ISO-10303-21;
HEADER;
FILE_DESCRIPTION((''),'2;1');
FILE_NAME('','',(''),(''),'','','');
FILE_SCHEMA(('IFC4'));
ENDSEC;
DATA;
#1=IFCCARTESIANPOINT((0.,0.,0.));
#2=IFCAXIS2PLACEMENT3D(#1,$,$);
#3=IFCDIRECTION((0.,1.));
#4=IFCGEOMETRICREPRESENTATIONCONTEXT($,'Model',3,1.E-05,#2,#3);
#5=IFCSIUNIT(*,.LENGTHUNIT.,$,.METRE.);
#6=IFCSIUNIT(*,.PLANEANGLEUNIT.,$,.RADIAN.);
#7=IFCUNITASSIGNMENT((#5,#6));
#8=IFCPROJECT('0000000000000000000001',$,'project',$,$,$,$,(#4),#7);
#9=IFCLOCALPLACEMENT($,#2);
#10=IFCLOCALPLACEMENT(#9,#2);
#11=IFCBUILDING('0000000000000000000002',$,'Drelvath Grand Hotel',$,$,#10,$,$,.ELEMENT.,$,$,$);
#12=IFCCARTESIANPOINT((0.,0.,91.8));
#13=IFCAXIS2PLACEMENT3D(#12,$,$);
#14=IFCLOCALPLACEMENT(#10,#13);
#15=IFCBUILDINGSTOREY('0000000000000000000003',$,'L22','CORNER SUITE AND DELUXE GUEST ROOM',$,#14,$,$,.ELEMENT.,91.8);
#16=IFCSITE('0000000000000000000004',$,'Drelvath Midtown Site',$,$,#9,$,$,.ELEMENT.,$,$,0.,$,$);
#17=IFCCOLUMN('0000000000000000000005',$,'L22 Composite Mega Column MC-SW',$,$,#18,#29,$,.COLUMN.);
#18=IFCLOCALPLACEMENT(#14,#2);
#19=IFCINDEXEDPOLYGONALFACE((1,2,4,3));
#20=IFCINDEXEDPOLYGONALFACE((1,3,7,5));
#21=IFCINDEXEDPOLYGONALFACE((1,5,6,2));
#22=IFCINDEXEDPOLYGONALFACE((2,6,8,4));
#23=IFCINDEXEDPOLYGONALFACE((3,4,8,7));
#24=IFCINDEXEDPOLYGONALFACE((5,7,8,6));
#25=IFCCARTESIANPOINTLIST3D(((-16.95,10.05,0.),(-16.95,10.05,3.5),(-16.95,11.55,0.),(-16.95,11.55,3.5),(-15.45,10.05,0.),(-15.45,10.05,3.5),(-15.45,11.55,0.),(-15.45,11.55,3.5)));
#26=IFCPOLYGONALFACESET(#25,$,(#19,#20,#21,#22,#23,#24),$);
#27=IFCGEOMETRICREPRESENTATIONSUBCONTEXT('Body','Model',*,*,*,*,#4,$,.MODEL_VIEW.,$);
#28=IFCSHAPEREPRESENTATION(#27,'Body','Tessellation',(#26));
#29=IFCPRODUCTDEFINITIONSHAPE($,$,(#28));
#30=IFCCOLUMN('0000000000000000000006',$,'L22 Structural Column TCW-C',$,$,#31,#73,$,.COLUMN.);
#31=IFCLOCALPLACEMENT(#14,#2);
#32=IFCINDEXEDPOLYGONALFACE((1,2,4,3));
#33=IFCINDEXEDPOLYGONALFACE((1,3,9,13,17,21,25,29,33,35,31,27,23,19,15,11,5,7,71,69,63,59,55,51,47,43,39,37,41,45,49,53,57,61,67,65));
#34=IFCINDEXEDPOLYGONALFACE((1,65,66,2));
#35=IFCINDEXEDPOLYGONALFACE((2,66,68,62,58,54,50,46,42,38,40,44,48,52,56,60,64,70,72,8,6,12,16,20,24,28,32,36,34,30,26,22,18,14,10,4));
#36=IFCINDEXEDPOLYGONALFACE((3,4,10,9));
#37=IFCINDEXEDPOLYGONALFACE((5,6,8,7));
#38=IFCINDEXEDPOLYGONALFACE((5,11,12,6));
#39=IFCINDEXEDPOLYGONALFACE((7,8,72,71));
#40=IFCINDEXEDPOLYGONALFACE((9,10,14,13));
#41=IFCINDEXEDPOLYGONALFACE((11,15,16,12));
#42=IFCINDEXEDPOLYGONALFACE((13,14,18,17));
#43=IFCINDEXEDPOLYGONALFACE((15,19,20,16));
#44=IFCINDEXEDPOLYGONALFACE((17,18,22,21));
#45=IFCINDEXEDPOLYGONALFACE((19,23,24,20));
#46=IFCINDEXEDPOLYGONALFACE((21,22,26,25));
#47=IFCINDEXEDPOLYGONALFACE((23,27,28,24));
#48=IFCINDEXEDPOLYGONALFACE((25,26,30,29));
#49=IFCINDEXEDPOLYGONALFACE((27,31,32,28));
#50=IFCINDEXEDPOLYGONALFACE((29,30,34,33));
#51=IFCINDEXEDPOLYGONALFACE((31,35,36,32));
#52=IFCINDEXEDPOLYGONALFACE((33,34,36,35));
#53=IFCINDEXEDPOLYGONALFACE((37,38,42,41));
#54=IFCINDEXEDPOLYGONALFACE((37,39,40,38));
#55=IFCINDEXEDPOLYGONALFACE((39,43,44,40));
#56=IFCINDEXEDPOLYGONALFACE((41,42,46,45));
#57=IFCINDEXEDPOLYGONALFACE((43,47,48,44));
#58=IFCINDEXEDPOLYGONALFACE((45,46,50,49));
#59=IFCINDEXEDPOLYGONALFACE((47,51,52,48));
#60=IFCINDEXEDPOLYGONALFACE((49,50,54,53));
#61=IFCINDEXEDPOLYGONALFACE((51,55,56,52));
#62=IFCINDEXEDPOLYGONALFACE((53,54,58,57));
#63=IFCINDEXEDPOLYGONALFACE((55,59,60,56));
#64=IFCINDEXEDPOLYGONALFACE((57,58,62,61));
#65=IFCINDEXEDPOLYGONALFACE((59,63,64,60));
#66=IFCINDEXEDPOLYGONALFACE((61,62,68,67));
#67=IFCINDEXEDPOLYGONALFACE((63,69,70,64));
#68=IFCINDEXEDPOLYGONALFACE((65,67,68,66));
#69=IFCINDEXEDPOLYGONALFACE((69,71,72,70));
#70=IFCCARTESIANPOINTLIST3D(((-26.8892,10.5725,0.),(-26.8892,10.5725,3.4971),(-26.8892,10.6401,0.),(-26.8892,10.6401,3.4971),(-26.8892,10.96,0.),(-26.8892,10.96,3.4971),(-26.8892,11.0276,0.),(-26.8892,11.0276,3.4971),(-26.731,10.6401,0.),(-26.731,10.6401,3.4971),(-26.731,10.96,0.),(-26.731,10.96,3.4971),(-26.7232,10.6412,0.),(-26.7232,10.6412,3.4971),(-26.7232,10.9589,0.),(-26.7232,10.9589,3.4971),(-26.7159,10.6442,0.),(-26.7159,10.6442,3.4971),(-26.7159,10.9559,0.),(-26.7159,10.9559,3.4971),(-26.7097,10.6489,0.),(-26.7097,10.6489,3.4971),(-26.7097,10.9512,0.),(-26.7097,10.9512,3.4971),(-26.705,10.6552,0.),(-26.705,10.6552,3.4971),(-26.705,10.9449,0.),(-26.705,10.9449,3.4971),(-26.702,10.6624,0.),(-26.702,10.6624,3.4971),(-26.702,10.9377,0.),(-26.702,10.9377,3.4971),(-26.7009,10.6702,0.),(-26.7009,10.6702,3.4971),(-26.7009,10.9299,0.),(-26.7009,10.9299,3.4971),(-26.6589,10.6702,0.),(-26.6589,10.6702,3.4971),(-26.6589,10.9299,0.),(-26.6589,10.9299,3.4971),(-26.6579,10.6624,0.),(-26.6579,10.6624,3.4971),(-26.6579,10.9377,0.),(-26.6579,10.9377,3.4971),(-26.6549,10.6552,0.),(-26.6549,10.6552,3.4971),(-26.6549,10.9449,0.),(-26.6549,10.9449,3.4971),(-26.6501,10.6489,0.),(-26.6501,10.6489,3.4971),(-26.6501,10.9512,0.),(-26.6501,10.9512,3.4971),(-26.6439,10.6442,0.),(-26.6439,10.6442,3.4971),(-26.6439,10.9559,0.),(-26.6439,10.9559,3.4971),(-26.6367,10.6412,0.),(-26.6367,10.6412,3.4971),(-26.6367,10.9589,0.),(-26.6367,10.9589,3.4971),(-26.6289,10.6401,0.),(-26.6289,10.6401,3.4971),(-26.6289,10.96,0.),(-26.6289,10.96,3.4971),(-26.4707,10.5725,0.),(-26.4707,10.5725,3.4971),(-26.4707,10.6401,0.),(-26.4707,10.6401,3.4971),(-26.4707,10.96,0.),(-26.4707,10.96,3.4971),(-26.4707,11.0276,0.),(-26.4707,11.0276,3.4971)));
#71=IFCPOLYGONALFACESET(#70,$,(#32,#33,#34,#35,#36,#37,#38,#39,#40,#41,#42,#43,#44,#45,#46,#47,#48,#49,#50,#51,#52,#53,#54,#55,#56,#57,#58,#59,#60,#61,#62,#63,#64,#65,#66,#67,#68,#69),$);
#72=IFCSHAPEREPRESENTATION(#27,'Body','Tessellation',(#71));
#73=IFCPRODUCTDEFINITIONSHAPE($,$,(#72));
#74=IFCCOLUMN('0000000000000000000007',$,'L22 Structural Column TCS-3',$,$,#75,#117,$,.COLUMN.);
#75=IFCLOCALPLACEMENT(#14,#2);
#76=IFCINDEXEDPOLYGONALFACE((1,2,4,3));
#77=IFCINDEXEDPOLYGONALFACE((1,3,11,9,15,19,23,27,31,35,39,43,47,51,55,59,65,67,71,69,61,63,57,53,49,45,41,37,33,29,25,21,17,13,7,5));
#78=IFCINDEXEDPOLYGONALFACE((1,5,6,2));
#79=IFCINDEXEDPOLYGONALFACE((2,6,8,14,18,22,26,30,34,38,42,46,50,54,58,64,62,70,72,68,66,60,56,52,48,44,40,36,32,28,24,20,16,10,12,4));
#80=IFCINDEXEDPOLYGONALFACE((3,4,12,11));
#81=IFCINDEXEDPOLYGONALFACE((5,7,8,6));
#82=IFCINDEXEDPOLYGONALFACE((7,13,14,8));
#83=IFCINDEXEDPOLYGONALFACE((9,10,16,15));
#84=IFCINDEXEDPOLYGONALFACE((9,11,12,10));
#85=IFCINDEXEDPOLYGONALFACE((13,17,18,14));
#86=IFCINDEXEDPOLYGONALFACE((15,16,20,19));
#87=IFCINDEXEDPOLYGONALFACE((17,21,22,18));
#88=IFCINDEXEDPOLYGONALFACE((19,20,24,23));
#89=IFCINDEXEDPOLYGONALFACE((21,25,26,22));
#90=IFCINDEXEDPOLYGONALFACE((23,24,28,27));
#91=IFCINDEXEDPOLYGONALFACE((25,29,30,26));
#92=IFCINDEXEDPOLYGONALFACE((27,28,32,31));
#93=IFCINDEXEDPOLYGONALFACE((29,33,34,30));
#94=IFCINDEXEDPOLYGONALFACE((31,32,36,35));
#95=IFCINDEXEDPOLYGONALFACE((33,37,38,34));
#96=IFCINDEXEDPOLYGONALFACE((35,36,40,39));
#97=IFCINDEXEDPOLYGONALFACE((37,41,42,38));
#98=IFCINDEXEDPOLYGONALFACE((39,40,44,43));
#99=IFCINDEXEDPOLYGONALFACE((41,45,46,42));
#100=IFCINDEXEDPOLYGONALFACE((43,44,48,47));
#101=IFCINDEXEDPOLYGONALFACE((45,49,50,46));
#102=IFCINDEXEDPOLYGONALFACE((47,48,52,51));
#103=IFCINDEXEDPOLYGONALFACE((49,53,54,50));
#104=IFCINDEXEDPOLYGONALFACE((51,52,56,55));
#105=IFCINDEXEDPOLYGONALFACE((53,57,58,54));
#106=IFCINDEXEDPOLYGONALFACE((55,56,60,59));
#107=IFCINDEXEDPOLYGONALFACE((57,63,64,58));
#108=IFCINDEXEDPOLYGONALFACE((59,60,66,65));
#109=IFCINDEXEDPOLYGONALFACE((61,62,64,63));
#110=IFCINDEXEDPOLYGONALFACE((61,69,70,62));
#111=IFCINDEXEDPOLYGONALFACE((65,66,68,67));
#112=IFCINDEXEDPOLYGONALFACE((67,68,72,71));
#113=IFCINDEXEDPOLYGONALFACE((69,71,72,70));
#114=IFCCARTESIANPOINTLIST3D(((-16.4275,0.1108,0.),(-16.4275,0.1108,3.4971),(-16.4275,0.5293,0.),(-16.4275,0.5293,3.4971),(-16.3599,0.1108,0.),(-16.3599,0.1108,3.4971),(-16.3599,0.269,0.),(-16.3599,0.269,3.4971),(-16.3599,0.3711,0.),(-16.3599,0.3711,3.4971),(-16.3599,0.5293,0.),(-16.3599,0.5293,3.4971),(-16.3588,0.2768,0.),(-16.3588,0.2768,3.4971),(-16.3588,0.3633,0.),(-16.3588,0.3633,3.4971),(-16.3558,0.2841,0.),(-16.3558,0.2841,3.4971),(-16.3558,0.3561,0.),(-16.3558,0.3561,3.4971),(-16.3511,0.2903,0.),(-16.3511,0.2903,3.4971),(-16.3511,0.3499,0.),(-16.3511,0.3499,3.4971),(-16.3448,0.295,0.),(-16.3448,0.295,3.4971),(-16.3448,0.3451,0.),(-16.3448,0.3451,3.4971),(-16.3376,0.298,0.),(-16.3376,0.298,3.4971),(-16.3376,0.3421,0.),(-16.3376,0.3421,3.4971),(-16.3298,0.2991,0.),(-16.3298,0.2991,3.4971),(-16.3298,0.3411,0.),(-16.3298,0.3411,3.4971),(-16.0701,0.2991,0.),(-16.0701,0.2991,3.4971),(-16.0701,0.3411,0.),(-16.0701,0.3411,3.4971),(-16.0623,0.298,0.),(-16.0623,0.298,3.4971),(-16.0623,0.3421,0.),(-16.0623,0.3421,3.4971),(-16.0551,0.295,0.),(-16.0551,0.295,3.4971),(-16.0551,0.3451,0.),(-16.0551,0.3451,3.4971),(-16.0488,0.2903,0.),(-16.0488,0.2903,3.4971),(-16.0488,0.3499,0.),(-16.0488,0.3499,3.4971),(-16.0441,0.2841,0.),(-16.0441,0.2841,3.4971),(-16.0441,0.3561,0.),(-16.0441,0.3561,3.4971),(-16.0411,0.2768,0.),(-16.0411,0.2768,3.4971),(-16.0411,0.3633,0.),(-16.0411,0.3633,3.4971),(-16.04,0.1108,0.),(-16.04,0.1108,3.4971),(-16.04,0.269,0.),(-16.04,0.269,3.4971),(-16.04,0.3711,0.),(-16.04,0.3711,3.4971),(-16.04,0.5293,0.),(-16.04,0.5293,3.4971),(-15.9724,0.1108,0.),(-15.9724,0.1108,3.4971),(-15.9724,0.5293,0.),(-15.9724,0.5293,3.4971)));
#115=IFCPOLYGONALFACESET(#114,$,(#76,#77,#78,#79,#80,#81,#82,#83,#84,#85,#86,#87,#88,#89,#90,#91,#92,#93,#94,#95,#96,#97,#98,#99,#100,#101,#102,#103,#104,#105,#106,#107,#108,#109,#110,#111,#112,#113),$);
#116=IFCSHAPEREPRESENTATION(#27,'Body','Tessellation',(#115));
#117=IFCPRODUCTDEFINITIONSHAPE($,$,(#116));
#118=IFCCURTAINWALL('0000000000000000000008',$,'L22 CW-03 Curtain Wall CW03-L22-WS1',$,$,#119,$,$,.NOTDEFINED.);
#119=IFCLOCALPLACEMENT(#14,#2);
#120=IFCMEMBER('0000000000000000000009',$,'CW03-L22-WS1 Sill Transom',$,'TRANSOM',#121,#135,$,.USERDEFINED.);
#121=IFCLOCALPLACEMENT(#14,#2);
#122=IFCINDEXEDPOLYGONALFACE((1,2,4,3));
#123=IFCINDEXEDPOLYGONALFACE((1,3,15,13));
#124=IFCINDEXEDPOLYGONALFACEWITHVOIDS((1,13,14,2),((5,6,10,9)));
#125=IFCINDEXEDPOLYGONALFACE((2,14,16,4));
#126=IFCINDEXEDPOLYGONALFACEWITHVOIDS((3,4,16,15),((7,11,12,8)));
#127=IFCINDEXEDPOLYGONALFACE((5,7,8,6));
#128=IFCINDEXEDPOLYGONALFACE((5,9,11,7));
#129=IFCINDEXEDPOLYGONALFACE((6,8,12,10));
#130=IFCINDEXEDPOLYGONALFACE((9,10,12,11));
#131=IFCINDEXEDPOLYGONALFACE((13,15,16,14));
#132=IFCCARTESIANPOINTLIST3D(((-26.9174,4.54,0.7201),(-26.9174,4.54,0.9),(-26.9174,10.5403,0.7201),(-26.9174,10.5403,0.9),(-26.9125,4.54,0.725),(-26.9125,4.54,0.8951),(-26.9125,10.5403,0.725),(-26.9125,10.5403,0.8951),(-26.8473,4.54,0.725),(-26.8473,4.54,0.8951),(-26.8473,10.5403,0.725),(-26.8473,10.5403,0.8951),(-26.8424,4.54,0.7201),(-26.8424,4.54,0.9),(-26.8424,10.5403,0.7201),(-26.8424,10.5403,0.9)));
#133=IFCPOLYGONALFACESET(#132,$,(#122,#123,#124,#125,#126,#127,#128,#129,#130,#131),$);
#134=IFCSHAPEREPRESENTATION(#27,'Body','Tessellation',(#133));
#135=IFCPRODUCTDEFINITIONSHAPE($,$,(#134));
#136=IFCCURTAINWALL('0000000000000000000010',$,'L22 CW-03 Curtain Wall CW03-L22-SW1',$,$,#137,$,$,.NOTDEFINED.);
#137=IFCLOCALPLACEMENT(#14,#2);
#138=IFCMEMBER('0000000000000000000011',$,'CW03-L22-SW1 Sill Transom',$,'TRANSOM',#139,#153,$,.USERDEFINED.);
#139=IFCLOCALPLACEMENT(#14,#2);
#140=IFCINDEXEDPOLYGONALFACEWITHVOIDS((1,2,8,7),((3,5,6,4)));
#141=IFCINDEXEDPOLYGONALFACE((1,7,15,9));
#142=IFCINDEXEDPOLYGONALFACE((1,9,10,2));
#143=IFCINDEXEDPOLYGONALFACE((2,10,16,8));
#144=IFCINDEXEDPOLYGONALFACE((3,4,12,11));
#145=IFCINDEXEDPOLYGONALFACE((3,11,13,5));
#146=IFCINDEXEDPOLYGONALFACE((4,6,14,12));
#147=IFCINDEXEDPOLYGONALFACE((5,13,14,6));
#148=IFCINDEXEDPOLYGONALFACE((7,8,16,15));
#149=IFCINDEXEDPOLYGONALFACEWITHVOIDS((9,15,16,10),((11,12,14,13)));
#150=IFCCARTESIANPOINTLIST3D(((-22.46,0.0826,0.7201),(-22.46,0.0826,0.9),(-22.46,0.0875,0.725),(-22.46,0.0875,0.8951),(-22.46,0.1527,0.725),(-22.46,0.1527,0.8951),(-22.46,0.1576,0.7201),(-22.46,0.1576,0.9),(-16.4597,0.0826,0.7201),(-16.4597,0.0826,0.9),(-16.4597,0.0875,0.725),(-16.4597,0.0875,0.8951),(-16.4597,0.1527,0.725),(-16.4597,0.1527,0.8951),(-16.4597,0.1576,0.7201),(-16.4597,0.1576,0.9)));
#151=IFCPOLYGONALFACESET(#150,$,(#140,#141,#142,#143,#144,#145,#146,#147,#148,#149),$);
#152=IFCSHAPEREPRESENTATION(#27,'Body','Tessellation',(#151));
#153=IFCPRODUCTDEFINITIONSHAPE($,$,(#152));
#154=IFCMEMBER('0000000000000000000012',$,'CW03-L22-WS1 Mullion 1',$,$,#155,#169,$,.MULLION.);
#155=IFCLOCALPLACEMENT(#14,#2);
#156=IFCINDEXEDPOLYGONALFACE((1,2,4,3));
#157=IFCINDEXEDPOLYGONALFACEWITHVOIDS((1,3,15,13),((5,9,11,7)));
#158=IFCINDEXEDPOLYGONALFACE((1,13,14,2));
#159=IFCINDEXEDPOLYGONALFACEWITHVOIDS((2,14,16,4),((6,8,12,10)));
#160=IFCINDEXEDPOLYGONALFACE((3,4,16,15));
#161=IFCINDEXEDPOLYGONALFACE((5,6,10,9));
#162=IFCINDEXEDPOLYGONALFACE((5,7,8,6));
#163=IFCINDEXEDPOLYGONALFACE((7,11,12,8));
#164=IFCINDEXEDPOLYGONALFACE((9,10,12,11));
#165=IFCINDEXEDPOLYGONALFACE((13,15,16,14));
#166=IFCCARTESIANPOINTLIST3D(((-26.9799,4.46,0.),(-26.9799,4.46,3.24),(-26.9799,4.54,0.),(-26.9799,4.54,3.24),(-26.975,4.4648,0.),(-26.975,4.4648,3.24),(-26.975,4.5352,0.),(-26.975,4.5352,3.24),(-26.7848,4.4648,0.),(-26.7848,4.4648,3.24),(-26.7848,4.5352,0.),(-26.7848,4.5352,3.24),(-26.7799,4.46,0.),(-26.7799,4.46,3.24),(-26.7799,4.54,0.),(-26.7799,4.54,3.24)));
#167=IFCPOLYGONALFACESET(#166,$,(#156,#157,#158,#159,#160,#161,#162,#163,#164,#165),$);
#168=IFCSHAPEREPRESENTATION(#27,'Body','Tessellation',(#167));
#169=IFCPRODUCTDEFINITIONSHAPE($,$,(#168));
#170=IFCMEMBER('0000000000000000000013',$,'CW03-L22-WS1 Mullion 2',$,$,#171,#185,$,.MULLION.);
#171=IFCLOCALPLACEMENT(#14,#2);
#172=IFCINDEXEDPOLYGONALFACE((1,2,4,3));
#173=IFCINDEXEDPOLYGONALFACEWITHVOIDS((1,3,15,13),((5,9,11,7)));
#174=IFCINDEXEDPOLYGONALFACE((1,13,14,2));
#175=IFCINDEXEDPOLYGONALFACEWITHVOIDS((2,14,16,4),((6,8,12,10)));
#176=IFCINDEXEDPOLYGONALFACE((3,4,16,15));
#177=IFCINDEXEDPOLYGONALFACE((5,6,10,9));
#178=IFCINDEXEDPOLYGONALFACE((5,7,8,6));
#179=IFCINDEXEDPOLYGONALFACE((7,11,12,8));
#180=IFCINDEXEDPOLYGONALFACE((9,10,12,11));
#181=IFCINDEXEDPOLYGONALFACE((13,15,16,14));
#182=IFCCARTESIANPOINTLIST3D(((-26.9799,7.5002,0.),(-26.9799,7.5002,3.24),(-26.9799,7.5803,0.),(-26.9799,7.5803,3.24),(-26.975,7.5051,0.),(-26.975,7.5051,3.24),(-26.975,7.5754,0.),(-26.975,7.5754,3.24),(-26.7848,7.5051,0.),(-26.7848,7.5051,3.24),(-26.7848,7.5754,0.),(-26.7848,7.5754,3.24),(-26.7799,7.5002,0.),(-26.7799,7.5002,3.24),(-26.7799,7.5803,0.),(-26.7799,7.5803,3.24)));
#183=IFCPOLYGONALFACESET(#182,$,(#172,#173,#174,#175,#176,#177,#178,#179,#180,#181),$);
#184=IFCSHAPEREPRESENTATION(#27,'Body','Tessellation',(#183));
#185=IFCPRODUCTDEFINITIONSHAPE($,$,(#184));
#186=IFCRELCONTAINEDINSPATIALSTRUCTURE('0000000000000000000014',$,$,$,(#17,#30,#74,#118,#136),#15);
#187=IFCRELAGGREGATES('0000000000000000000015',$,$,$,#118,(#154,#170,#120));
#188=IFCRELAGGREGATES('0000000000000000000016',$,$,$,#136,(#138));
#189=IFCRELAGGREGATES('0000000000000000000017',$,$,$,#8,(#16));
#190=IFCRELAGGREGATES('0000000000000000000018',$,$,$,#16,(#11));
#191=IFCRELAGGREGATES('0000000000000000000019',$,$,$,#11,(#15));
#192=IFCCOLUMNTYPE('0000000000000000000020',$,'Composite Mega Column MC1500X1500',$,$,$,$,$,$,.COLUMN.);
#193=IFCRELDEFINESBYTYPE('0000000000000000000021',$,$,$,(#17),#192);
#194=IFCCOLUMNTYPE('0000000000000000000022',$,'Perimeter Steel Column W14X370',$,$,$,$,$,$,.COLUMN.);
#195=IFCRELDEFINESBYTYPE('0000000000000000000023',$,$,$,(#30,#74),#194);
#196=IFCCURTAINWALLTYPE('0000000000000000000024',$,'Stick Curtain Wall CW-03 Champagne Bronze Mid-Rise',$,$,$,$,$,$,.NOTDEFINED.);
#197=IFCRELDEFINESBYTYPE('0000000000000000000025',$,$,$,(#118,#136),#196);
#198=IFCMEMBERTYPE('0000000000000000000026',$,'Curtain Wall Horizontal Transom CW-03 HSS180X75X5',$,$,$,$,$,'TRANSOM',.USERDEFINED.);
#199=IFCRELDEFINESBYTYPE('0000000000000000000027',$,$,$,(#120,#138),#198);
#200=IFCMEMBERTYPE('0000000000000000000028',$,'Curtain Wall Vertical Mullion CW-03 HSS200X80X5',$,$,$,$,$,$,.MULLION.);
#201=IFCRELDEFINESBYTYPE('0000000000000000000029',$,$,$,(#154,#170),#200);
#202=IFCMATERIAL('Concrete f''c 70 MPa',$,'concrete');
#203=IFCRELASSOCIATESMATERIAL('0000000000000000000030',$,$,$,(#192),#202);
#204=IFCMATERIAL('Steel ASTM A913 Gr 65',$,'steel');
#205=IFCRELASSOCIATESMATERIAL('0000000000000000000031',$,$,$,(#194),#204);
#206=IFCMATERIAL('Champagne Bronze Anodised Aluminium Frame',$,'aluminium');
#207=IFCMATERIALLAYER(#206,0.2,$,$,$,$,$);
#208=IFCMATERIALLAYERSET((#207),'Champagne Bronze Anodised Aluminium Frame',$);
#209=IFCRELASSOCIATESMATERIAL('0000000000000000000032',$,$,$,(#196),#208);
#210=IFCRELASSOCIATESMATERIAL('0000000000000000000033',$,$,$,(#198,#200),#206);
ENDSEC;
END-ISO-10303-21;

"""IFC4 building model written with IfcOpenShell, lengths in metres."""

from ifc_helpers import new_model, si_unit, direction, frame, origin, origin_2d, place, context, subcontext, project, spatial, rectangle, hollow_rectangle, i_section, extrude, material, layer, layer_set, material_profile, profile_set, type_object, element, aggregate, save


model = new_model("IFC4")

# Units and contexts
model_context = context("Model", 3, precision=1e-05, world=origin(), true_north=direction((0.0, 1.0)))
body_context = subcontext(model_context, "Body", "Model", "MODEL_VIEW")
ifc_project = project(units=[si_unit("LENGTHUNIT", "METRE"), si_unit("PLANEANGLEUNIT", "RADIAN")], contexts=[model_context])

# Site, building, storey
site_placement = place(None, origin())
site = spatial("IfcSite", under=ifc_project, at=site_placement, Name="Drelvath Midtown Site", CompositionType="ELEMENT", RefElevation=0.0)
building_placement = place(site_placement, origin())
building = spatial("IfcBuilding", under=site, at=building_placement, Name="Drelvath Grand Hotel", CompositionType="ELEMENT")
storey_placement = place(building_placement, frame((0.0, 0.0, 91.8)))
storey = spatial("IfcBuildingStorey", under=building, at=storey_placement, Name="L22", Description="CORNER SUITE AND DELUXE GUEST ROOM", CompositionType="ELEMENT", Elevation=91.8)

# Columns
ifc_material_1 = material(Name="Concrete f'c 70 MPa", Category="concrete")
ifc_material_profile_1 = material_profile(ifc_material_1, rectangle(XDim=1.5, YDim=1.5, at=origin_2d()), Name="MC1500X1500")
ifc_profile_set_1 = profile_set([ifc_material_profile_1], Name="Concrete f'c 70 MPa")
column_type_1 = type_object("IfcColumnType", Name="Composite Mega Column MC1500X1500", PredefinedType="COLUMN", material=ifc_profile_set_1)
column_placement = place(storey_placement, frame((-16.2, 10.8, 0.0), z_axis=(0.0, 0.0, 1.0), x_axis=(1.0, 0.0, 0.0)))
element("IfcColumn", 1, at=column_placement, inside=storey, type_object=column_type_1, Name="L22 Composite Mega Column MC-SW", PredefinedType="COLUMN", context=body_context, shape_type="SweptSolid", body=[
    extrude(rectangle(XDim=1.5, YDim=1.5, at=origin_2d()), origin(), (0.0, 0.0, 1.0), 3.5),
])
ifc_material_2 = material(Name="Steel ASTM A913 Gr 65", Category="steel")
ifc_material_profile_2 = material_profile(ifc_material_2, i_section(OverallWidth=0.4185, OverallDepth=0.4551, WebThickness=0.042, FlangeThickness=0.0676, FilletRadius=0.03, at=origin_2d()), Name="W14X370")
ifc_profile_set_2 = profile_set([ifc_material_profile_2], Name="Steel ASTM A913 Gr 65")
column_type_2 = type_object("IfcColumnType", Name="Perimeter Steel Column W14X370", PredefinedType="COLUMN", material=ifc_profile_set_2)
for number, where, z_axis, x_axis, name in (
    (2, (-26.6799, 10.8, 0.0), (0.0, 0.0, 1.0), (1.0, 0.0, 0.0), "L22 Structural Column TCW-C"),
    (3, (-16.2, 0.3201, 0.0), (0.0, 0.0, 1.0), (0.0, 1.0, 0.0), "L22 Structural Column TCS-3"),
):
    element("IfcColumn", number, at=place(storey_placement, frame(where, z_axis=z_axis, x_axis=x_axis)), inside=storey, type_object=column_type_2, Name=name, PredefinedType="COLUMN", context=body_context, shape_type="SweptSolid", body=[
        extrude(i_section(OverallWidth=0.4185, OverallDepth=0.4551, WebThickness=0.042, FlangeThickness=0.0676, FilletRadius=0.03, at=origin_2d()), origin(), (0.0, 0.0, 1.0), 3.4971),
    ])

# Curtain walls, members
ifc_material_3 = material(Name="Champagne Bronze Anodised Aluminium Frame", Category="aluminium")
ifc_layer_1 = layer(ifc_material_3, 0.2)
ifc_layer_set_1 = layer_set([ifc_layer_1], Name="Champagne Bronze Anodised Aluminium Frame")
curtain_wall_type = type_object("IfcCurtainWallType", Name="Stick Curtain Wall CW-03 Champagne Bronze Mid-Rise", PredefinedType="NOTDEFINED", material=ifc_layer_set_1)
curtain_wall_1_placement = place(storey_placement, origin())
curtain_wall_1 = element("IfcCurtainWall", 4, at=curtain_wall_1_placement, inside=storey, type_object=curtain_wall_type, Name="L22 CW-03 Curtain Wall CW03-L22-WS1", PredefinedType="NOTDEFINED")
ifc_material_profile_3 = material_profile(ifc_material_3, hollow_rectangle(XDim=0.075, YDim=0.1799, WallThickness=0.0049, at=origin_2d()), Name="HSS180X75X5")
ifc_profile_set_3 = profile_set([ifc_material_profile_3], Name="Champagne Bronze Anodised Aluminium Frame")
member_type_1 = type_object("IfcMemberType", Name="Curtain Wall Horizontal Transom CW-03 HSS180X75X5", ElementType="TRANSOM", PredefinedType="USERDEFINED", material=ifc_profile_set_3)
member_1_placement = place(storey_placement, frame((-26.8799, 4.54, 0.8101), z_axis=(0.0, 1.0, 0.0), x_axis=(-1.0, 0.0, 0.0)))
member_1 = element("IfcMember", 5, at=member_1_placement, type_object=member_type_1, Name="CW03-L22-WS1 Sill Transom", ObjectType="TRANSOM", PredefinedType="USERDEFINED", context=body_context, shape_type="SweptSolid", body=[
    extrude(hollow_rectangle(XDim=0.075, YDim=0.1799, WallThickness=0.0049, at=origin_2d()), origin(), (0.0, 0.0, 1.0), 6.0002),
])
curtain_wall_2_placement = place(storey_placement, origin())
curtain_wall_2 = element("IfcCurtainWall", 6, at=curtain_wall_2_placement, inside=storey, type_object=curtain_wall_type, Name="L22 CW-03 Curtain Wall CW03-L22-SW1", PredefinedType="NOTDEFINED")
member_2_placement = place(storey_placement, frame((-16.4597, 0.1201, 0.8101), z_axis=(-1.0, 0.0, 0.0), x_axis=(0.0, -1.0, 0.0)))
member_2 = element("IfcMember", 7, at=member_2_placement, type_object=member_type_1, Name="CW03-L22-SW1 Sill Transom", ObjectType="TRANSOM", PredefinedType="USERDEFINED", context=body_context, shape_type="SweptSolid", body=[
    extrude(hollow_rectangle(XDim=0.075, YDim=0.1799, WallThickness=0.0049, at=origin_2d()), origin(), (0.0, 0.0, 1.0), 6.0002),
])

# Members
ifc_material_profile_4 = material_profile(ifc_material_3, hollow_rectangle(XDim=0.0801, YDim=0.2, WallThickness=0.0049, at=origin_2d()), Name="HSS200X80X5")
ifc_profile_set_4 = profile_set([ifc_material_profile_4], Name="Champagne Bronze Anodised Aluminium Frame")
member_type_2 = type_object("IfcMemberType", Name="Curtain Wall Vertical Mullion CW-03 HSS200X80X5", PredefinedType="MULLION", material=ifc_profile_set_4)
member_3_placement = place(storey_placement, frame((-26.8799, 4.5, 0.0), z_axis=(0.0, 0.0, 1.0), x_axis=(0.0, 1.0, 0.0)))
member_3 = element("IfcMember", 8, at=member_3_placement, type_object=member_type_2, Name="CW03-L22-WS1 Mullion 1", PredefinedType="MULLION", context=body_context, shape_type="SweptSolid", body=[
    extrude(hollow_rectangle(XDim=0.0801, YDim=0.2, WallThickness=0.0049, at=origin_2d()), origin(), (0.0, 0.0, 1.0), 3.24),
])
member_4_placement = place(storey_placement, frame((-26.8799, 7.5403, 0.0), z_axis=(0.0, 0.0, 1.0), x_axis=(0.0, 1.0, 0.0)))
member_4 = element("IfcMember", 9, at=member_4_placement, type_object=member_type_2, Name="CW03-L22-WS1 Mullion 2", PredefinedType="MULLION", context=body_context, shape_type="SweptSolid", body=[
    extrude(hollow_rectangle(XDim=0.0801, YDim=0.2, WallThickness=0.0049, at=origin_2d()), origin(), (0.0, 0.0, 1.0), 3.24),
])

aggregate(curtain_wall_1, [member_3, member_4, member_1])
aggregate(curtain_wall_2, [member_2])

save(model, "model.ifc")
